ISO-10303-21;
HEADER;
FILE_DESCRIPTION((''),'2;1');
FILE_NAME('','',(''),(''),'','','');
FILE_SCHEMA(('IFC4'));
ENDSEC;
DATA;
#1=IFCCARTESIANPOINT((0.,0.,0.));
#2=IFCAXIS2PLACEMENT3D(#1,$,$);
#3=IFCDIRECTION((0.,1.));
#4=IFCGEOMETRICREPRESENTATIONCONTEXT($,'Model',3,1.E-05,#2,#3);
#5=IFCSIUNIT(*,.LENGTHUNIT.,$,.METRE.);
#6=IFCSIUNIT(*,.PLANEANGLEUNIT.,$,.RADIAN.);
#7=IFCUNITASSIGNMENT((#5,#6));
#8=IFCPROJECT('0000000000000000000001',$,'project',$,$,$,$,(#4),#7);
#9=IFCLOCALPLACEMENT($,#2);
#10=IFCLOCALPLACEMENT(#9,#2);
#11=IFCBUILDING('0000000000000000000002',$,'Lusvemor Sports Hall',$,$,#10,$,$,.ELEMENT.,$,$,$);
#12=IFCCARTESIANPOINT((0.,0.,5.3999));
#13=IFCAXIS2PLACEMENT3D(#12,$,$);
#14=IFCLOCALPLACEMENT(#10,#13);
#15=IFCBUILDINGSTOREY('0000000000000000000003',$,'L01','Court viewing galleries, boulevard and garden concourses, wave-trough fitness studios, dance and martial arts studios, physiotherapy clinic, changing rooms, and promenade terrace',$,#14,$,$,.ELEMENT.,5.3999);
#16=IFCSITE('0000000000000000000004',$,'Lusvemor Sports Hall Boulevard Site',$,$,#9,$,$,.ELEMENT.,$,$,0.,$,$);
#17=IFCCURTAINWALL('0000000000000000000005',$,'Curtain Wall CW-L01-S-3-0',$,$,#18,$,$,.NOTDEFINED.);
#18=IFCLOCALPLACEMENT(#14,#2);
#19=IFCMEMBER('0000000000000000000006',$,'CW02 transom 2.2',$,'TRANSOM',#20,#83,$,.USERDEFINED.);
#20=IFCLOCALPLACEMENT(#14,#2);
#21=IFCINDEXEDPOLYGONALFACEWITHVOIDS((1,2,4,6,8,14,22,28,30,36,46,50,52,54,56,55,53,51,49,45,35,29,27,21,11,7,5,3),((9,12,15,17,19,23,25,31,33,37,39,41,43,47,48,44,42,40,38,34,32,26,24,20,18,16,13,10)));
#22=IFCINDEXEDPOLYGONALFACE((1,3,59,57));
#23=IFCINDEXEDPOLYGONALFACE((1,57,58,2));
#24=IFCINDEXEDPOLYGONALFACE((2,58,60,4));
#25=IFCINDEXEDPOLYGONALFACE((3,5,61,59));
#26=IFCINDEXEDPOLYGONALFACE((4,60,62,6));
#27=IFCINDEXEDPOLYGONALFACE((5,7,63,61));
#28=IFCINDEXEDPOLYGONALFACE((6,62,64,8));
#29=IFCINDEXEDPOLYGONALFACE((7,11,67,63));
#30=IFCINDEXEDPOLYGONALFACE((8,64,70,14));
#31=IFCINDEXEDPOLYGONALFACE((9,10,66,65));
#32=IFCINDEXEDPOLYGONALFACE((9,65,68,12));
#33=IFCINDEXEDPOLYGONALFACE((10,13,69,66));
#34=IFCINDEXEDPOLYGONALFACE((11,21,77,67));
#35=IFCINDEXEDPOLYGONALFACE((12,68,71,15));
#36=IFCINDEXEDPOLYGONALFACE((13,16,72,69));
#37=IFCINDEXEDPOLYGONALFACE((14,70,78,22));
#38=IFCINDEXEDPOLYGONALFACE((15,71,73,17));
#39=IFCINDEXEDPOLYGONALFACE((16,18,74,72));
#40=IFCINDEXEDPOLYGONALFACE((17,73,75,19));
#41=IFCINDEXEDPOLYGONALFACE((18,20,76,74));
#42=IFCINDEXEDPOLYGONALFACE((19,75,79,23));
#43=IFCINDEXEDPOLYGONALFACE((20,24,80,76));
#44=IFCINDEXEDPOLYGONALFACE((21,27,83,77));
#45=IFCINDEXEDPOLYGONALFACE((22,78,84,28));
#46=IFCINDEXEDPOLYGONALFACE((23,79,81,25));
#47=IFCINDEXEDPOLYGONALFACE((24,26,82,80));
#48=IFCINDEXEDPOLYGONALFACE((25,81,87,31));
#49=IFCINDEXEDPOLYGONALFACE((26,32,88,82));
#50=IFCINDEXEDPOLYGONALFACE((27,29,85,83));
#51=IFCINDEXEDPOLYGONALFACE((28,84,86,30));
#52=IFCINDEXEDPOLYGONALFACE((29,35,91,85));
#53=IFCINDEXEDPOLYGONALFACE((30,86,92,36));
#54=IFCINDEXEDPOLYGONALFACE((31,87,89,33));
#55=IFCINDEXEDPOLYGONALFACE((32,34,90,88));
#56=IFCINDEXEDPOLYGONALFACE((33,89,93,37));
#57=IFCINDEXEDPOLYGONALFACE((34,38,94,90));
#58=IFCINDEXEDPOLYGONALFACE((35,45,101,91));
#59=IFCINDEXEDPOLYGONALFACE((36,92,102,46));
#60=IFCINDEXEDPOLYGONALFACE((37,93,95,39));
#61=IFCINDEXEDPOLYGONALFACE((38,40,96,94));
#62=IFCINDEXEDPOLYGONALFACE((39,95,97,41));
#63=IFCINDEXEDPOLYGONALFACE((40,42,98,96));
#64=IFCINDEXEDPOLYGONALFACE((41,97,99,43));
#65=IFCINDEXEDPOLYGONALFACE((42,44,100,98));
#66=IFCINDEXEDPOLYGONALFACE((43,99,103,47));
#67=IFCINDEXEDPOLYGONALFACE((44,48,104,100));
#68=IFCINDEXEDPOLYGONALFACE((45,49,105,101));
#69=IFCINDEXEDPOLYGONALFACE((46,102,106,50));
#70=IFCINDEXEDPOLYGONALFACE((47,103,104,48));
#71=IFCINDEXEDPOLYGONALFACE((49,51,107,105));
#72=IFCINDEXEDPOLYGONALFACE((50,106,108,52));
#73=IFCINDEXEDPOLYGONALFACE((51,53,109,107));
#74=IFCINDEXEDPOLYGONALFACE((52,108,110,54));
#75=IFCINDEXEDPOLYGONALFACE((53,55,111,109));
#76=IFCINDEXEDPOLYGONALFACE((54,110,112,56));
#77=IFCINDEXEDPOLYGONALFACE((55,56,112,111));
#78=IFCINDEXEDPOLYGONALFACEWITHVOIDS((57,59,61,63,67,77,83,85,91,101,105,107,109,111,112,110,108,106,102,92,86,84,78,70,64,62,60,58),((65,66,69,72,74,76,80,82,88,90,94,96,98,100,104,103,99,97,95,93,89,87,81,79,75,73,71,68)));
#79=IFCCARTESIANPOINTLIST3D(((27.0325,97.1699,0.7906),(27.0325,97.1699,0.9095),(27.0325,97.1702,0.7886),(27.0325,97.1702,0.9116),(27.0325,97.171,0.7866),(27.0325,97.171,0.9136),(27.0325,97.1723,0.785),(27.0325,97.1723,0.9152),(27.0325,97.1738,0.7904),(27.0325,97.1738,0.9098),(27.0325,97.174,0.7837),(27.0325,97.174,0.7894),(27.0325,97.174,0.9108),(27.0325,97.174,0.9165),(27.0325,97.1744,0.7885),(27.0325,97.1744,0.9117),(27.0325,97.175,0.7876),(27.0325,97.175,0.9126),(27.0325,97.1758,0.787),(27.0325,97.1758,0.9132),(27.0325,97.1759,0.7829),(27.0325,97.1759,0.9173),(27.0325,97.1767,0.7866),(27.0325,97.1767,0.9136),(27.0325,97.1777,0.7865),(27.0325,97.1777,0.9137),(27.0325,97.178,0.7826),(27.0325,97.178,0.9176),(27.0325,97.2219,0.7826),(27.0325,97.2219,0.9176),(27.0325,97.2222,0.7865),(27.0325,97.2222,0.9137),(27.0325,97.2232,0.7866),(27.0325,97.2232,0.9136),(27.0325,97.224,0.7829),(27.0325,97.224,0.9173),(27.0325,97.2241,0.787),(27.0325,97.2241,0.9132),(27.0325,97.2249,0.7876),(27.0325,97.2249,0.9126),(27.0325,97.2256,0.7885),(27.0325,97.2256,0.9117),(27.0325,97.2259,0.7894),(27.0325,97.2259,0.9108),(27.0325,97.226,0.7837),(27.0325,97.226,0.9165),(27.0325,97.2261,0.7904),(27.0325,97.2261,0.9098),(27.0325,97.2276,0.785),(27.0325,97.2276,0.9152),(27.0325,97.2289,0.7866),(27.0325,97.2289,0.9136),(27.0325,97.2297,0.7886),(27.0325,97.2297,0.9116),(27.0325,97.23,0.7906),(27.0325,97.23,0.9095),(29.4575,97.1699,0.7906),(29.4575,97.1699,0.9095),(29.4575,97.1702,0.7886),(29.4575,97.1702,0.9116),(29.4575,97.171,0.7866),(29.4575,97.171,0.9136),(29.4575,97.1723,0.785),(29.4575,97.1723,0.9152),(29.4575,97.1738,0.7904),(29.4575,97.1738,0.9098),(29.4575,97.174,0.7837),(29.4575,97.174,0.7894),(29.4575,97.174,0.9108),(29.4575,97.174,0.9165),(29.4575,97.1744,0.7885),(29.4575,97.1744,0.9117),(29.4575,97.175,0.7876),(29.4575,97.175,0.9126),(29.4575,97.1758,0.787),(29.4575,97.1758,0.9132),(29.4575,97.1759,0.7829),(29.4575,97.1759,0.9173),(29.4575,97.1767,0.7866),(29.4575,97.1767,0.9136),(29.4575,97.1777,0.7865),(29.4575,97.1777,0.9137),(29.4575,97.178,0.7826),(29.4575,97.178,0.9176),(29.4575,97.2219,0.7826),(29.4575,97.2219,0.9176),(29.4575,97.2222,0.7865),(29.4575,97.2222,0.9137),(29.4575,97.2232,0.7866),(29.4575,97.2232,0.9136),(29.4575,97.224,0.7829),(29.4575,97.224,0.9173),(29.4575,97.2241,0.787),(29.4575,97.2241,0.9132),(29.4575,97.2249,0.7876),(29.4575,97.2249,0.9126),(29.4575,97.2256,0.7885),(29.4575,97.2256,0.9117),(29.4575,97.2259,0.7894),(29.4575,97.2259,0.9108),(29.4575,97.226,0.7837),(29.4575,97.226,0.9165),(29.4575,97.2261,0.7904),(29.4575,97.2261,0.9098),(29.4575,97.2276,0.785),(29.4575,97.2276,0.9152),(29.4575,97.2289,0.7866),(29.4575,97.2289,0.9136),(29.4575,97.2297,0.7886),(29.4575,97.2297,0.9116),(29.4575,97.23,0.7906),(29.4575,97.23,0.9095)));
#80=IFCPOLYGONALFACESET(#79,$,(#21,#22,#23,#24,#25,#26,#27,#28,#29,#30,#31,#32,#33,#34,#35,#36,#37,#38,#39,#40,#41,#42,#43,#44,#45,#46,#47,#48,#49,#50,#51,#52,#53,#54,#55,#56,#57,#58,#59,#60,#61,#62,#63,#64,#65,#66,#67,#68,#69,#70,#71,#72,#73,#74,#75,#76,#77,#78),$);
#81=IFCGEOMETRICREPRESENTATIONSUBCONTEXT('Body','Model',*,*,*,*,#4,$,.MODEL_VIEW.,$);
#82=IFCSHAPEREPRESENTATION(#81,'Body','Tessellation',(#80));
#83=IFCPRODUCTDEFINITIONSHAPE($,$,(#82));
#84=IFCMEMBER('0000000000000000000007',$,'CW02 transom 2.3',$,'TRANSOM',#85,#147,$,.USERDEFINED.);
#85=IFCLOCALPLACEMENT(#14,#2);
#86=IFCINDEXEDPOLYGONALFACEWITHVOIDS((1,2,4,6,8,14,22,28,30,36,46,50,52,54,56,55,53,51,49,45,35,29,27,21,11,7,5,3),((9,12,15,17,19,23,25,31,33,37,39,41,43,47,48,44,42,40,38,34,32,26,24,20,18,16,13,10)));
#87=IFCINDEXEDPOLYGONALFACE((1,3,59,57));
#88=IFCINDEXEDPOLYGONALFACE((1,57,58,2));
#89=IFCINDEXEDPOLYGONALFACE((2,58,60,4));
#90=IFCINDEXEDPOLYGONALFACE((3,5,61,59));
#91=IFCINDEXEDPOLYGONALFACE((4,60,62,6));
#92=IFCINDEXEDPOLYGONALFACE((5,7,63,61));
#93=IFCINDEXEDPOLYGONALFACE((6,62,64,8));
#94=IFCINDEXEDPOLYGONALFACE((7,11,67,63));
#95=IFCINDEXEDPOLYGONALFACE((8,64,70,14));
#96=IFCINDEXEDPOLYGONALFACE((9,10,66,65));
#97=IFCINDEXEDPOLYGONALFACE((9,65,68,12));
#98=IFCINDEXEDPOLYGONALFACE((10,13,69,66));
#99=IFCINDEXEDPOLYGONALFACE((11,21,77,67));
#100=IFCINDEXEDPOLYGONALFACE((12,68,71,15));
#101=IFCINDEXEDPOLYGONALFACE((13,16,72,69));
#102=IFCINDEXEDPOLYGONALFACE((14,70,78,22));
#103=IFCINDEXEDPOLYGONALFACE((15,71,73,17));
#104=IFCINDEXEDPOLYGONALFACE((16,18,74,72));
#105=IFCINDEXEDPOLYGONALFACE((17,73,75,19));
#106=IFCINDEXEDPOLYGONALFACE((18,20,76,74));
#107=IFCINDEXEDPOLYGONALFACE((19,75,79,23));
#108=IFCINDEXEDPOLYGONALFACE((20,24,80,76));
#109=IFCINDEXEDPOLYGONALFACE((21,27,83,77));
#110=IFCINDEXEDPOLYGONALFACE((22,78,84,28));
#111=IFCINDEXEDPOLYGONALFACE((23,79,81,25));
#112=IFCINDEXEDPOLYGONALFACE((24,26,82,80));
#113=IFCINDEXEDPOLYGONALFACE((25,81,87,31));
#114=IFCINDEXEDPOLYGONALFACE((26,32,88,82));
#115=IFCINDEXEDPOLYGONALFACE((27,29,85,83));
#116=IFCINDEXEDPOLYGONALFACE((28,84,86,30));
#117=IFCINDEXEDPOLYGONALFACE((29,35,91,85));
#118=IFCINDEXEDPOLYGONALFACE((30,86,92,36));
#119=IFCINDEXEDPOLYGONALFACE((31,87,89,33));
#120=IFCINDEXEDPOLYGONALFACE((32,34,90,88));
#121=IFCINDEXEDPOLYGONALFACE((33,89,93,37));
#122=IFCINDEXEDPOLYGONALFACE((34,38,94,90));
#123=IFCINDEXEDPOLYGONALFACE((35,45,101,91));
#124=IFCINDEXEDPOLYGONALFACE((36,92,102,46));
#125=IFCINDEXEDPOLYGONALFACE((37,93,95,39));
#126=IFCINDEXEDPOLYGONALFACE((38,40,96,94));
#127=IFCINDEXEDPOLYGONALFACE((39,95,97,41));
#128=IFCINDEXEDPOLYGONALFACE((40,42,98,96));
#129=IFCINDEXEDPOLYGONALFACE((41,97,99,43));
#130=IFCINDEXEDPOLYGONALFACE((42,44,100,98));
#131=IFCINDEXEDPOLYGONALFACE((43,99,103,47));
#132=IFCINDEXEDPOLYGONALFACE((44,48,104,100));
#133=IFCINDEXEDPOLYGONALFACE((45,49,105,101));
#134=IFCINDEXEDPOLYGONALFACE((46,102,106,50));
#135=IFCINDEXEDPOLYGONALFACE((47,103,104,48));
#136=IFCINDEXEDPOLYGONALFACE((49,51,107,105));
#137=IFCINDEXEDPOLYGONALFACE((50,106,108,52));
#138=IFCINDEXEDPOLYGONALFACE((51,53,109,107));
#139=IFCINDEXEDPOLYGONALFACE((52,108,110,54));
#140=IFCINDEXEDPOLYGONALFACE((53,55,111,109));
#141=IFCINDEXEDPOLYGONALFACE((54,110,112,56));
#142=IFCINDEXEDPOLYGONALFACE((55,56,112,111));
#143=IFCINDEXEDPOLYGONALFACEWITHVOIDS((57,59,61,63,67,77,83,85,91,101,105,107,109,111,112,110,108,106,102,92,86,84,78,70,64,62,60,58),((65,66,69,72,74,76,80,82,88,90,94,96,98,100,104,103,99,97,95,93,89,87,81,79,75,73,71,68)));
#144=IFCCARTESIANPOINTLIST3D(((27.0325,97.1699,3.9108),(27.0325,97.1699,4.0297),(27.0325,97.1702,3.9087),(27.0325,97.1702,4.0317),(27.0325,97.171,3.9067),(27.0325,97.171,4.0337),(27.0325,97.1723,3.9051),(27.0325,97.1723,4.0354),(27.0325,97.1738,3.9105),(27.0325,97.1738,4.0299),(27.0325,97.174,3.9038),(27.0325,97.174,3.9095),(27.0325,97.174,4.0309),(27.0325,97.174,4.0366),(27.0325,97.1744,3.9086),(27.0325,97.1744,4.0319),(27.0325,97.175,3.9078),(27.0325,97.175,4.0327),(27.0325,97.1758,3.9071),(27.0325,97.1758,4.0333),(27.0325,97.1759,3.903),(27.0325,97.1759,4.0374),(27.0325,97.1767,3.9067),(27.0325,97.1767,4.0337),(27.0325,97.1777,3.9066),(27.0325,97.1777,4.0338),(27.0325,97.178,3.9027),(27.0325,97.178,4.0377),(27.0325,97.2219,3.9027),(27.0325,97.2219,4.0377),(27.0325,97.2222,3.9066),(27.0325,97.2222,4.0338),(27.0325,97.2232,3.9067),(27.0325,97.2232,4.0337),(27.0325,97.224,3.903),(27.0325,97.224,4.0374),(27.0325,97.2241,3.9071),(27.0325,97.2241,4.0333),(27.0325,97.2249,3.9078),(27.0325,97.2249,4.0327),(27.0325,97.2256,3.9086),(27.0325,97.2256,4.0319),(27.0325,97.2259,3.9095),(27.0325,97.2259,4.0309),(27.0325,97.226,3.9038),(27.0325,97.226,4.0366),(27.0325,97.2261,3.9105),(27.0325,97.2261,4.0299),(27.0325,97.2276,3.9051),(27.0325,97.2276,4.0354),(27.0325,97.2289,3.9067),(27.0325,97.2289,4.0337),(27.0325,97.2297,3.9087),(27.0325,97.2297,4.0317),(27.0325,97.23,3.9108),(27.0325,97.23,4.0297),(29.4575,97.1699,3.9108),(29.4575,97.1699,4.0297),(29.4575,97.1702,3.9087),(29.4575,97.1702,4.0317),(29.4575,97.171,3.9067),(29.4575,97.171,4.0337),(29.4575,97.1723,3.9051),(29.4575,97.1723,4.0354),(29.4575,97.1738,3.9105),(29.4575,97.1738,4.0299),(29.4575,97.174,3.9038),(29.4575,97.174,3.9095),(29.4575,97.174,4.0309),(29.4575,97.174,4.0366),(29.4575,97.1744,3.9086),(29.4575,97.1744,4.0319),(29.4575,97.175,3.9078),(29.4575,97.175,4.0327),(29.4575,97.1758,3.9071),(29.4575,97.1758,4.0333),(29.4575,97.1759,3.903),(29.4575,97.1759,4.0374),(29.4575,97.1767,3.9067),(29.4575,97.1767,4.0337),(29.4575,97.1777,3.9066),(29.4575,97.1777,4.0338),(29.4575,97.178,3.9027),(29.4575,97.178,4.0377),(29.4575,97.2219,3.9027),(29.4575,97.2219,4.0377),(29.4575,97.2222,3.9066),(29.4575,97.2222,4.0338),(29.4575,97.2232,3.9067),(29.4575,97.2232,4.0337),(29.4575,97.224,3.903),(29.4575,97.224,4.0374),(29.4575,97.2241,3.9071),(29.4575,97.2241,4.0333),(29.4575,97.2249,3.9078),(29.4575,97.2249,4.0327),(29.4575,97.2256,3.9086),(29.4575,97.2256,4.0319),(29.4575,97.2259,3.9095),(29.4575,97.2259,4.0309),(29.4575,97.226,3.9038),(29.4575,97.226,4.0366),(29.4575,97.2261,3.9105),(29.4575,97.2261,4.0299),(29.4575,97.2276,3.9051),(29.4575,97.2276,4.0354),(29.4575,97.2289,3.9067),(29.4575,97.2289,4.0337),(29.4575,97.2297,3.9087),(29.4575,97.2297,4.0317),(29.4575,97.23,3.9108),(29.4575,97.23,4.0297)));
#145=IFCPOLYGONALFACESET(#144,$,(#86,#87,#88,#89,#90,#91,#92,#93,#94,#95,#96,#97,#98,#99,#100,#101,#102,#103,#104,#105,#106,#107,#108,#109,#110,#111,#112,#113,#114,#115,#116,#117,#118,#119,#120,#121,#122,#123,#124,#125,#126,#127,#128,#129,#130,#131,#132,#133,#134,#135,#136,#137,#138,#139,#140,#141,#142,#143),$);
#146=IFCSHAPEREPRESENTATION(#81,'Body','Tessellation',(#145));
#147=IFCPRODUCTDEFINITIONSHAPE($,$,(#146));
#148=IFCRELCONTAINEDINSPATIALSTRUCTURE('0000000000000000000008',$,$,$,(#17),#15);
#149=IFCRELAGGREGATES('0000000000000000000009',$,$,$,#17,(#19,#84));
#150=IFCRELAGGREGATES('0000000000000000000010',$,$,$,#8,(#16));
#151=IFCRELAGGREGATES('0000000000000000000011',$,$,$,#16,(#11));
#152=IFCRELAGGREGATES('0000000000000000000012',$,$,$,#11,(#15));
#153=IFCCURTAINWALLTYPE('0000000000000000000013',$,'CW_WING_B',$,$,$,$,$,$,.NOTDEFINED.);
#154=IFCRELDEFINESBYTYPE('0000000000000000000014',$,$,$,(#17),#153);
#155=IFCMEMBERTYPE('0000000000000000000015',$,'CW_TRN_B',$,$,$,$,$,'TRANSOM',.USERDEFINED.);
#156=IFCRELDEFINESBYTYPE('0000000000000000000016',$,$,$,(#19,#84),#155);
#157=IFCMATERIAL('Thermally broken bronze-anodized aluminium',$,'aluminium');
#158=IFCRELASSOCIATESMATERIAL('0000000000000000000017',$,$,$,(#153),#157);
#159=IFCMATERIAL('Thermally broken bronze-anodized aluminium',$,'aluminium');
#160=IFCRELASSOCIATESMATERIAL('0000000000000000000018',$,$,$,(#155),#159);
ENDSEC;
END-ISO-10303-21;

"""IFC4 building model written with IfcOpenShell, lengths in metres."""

from ifc_helpers import new_model, si_unit, direction, frame, origin, origin_2d, place, context, subcontext, project, spatial, hollow_rectangle, extrude, material, material_profile, profile_set, type_object, element, aggregate, save


model = new_model("IFC4")

# Units and contexts
model_context = context("Model", 3, precision=1e-05, world=origin(), true_north=direction((0.0, 1.0)))
body_context = subcontext(model_context, "Body", "Model", "MODEL_VIEW")
ifc_project = project(units=[si_unit("LENGTHUNIT", "METRE"), si_unit("PLANEANGLEUNIT", "RADIAN")], contexts=[model_context])

# Site, building, storey
site_placement = place(None, origin())
site = spatial("IfcSite", under=ifc_project, at=site_placement, Name="Lusvemor Sports Hall Boulevard Site", CompositionType="ELEMENT", RefElevation=0.0)
building_placement = place(site_placement, origin())
building = spatial("IfcBuilding", under=site, at=building_placement, Name="Lusvemor Sports Hall", CompositionType="ELEMENT")
storey_placement = place(building_placement, frame((0.0, 0.0, 5.3999)))
storey = spatial("IfcBuildingStorey", under=building, at=storey_placement, Name="L01", Description="Court viewing galleries, boulevard and garden concourses, wave-trough fitness studios, dance and martial arts studios, physiotherapy clinic, changing rooms, and promenade terrace", CompositionType="ELEMENT", Elevation=5.3999)

# Curtain wall
ifc_material_1 = material(Name="Thermally broken bronze-anodized aluminium", Category="aluminium")
curtain_wall_type_1 = type_object("IfcCurtainWallType", Name="CW_WING_B", PredefinedType="NOTDEFINED", material=ifc_material_1)
curtain_wall_1_placement = place(storey_placement, origin())
curtain_wall_1 = element("IfcCurtainWall", 1, at=curtain_wall_1_placement, inside=storey, type_object=curtain_wall_type_1, Name="Curtain Wall CW-L01-S-3-0", PredefinedType="NOTDEFINED")

# Members
ifc_material_2 = material(Name="Thermally broken bronze-anodized aluminium", Category="aluminium")
ifc_material_profile_1 = material_profile(ifc_material_2, hollow_rectangle(XDim=0.0601, YDim=0.135, WallThickness=0.0039, InnerFilletRadius=0.0039, OuterFilletRadius=0.0081, at=origin_2d()), Name="CWTRN135x60x4")
ifc_profile_set_1 = profile_set([ifc_material_profile_1], Name="Thermally broken bronze-anodized aluminium")
member_type_1 = type_object("IfcMemberType", Name="CW_TRN_B", ElementType="TRANSOM", PredefinedType="USERDEFINED", material=ifc_profile_set_1)
member_1_placement = place(storey_placement, frame((29.4575, 97.2, 0.8501), z_axis=(-1.0, 0.0, 0.0), x_axis=(0.0, -1.0, 0.0)))
member_1 = element("IfcMember", 2, at=member_1_placement, type_object=member_type_1, Name="CW02 transom 2.2", ObjectType="TRANSOM", PredefinedType="USERDEFINED", context=body_context, shape_type="SweptSolid", body=[
    extrude(hollow_rectangle(XDim=0.0601, YDim=0.135, WallThickness=0.0039, InnerFilletRadius=0.0039, OuterFilletRadius=0.0081, at=origin_2d()), origin(), (0.0, 0.0, 1.0), 2.425),
])
member_2_placement = place(storey_placement, frame((29.4575, 97.2, 3.9702), z_axis=(-1.0, 0.0, 0.0), x_axis=(0.0, -1.0, 0.0)))
member_2 = element("IfcMember", 3, at=member_2_placement, type_object=member_type_1, Name="CW02 transom 2.3", ObjectType="TRANSOM", PredefinedType="USERDEFINED", context=body_context, shape_type="SweptSolid", body=[
    extrude(hollow_rectangle(XDim=0.0601, YDim=0.135, WallThickness=0.0039, InnerFilletRadius=0.0039, OuterFilletRadius=0.0081, at=origin_2d()), origin(), (0.0, 0.0, 1.0), 2.425),
])

aggregate(curtain_wall_1, [member_1, member_2])

save(model, "model.ifc")
